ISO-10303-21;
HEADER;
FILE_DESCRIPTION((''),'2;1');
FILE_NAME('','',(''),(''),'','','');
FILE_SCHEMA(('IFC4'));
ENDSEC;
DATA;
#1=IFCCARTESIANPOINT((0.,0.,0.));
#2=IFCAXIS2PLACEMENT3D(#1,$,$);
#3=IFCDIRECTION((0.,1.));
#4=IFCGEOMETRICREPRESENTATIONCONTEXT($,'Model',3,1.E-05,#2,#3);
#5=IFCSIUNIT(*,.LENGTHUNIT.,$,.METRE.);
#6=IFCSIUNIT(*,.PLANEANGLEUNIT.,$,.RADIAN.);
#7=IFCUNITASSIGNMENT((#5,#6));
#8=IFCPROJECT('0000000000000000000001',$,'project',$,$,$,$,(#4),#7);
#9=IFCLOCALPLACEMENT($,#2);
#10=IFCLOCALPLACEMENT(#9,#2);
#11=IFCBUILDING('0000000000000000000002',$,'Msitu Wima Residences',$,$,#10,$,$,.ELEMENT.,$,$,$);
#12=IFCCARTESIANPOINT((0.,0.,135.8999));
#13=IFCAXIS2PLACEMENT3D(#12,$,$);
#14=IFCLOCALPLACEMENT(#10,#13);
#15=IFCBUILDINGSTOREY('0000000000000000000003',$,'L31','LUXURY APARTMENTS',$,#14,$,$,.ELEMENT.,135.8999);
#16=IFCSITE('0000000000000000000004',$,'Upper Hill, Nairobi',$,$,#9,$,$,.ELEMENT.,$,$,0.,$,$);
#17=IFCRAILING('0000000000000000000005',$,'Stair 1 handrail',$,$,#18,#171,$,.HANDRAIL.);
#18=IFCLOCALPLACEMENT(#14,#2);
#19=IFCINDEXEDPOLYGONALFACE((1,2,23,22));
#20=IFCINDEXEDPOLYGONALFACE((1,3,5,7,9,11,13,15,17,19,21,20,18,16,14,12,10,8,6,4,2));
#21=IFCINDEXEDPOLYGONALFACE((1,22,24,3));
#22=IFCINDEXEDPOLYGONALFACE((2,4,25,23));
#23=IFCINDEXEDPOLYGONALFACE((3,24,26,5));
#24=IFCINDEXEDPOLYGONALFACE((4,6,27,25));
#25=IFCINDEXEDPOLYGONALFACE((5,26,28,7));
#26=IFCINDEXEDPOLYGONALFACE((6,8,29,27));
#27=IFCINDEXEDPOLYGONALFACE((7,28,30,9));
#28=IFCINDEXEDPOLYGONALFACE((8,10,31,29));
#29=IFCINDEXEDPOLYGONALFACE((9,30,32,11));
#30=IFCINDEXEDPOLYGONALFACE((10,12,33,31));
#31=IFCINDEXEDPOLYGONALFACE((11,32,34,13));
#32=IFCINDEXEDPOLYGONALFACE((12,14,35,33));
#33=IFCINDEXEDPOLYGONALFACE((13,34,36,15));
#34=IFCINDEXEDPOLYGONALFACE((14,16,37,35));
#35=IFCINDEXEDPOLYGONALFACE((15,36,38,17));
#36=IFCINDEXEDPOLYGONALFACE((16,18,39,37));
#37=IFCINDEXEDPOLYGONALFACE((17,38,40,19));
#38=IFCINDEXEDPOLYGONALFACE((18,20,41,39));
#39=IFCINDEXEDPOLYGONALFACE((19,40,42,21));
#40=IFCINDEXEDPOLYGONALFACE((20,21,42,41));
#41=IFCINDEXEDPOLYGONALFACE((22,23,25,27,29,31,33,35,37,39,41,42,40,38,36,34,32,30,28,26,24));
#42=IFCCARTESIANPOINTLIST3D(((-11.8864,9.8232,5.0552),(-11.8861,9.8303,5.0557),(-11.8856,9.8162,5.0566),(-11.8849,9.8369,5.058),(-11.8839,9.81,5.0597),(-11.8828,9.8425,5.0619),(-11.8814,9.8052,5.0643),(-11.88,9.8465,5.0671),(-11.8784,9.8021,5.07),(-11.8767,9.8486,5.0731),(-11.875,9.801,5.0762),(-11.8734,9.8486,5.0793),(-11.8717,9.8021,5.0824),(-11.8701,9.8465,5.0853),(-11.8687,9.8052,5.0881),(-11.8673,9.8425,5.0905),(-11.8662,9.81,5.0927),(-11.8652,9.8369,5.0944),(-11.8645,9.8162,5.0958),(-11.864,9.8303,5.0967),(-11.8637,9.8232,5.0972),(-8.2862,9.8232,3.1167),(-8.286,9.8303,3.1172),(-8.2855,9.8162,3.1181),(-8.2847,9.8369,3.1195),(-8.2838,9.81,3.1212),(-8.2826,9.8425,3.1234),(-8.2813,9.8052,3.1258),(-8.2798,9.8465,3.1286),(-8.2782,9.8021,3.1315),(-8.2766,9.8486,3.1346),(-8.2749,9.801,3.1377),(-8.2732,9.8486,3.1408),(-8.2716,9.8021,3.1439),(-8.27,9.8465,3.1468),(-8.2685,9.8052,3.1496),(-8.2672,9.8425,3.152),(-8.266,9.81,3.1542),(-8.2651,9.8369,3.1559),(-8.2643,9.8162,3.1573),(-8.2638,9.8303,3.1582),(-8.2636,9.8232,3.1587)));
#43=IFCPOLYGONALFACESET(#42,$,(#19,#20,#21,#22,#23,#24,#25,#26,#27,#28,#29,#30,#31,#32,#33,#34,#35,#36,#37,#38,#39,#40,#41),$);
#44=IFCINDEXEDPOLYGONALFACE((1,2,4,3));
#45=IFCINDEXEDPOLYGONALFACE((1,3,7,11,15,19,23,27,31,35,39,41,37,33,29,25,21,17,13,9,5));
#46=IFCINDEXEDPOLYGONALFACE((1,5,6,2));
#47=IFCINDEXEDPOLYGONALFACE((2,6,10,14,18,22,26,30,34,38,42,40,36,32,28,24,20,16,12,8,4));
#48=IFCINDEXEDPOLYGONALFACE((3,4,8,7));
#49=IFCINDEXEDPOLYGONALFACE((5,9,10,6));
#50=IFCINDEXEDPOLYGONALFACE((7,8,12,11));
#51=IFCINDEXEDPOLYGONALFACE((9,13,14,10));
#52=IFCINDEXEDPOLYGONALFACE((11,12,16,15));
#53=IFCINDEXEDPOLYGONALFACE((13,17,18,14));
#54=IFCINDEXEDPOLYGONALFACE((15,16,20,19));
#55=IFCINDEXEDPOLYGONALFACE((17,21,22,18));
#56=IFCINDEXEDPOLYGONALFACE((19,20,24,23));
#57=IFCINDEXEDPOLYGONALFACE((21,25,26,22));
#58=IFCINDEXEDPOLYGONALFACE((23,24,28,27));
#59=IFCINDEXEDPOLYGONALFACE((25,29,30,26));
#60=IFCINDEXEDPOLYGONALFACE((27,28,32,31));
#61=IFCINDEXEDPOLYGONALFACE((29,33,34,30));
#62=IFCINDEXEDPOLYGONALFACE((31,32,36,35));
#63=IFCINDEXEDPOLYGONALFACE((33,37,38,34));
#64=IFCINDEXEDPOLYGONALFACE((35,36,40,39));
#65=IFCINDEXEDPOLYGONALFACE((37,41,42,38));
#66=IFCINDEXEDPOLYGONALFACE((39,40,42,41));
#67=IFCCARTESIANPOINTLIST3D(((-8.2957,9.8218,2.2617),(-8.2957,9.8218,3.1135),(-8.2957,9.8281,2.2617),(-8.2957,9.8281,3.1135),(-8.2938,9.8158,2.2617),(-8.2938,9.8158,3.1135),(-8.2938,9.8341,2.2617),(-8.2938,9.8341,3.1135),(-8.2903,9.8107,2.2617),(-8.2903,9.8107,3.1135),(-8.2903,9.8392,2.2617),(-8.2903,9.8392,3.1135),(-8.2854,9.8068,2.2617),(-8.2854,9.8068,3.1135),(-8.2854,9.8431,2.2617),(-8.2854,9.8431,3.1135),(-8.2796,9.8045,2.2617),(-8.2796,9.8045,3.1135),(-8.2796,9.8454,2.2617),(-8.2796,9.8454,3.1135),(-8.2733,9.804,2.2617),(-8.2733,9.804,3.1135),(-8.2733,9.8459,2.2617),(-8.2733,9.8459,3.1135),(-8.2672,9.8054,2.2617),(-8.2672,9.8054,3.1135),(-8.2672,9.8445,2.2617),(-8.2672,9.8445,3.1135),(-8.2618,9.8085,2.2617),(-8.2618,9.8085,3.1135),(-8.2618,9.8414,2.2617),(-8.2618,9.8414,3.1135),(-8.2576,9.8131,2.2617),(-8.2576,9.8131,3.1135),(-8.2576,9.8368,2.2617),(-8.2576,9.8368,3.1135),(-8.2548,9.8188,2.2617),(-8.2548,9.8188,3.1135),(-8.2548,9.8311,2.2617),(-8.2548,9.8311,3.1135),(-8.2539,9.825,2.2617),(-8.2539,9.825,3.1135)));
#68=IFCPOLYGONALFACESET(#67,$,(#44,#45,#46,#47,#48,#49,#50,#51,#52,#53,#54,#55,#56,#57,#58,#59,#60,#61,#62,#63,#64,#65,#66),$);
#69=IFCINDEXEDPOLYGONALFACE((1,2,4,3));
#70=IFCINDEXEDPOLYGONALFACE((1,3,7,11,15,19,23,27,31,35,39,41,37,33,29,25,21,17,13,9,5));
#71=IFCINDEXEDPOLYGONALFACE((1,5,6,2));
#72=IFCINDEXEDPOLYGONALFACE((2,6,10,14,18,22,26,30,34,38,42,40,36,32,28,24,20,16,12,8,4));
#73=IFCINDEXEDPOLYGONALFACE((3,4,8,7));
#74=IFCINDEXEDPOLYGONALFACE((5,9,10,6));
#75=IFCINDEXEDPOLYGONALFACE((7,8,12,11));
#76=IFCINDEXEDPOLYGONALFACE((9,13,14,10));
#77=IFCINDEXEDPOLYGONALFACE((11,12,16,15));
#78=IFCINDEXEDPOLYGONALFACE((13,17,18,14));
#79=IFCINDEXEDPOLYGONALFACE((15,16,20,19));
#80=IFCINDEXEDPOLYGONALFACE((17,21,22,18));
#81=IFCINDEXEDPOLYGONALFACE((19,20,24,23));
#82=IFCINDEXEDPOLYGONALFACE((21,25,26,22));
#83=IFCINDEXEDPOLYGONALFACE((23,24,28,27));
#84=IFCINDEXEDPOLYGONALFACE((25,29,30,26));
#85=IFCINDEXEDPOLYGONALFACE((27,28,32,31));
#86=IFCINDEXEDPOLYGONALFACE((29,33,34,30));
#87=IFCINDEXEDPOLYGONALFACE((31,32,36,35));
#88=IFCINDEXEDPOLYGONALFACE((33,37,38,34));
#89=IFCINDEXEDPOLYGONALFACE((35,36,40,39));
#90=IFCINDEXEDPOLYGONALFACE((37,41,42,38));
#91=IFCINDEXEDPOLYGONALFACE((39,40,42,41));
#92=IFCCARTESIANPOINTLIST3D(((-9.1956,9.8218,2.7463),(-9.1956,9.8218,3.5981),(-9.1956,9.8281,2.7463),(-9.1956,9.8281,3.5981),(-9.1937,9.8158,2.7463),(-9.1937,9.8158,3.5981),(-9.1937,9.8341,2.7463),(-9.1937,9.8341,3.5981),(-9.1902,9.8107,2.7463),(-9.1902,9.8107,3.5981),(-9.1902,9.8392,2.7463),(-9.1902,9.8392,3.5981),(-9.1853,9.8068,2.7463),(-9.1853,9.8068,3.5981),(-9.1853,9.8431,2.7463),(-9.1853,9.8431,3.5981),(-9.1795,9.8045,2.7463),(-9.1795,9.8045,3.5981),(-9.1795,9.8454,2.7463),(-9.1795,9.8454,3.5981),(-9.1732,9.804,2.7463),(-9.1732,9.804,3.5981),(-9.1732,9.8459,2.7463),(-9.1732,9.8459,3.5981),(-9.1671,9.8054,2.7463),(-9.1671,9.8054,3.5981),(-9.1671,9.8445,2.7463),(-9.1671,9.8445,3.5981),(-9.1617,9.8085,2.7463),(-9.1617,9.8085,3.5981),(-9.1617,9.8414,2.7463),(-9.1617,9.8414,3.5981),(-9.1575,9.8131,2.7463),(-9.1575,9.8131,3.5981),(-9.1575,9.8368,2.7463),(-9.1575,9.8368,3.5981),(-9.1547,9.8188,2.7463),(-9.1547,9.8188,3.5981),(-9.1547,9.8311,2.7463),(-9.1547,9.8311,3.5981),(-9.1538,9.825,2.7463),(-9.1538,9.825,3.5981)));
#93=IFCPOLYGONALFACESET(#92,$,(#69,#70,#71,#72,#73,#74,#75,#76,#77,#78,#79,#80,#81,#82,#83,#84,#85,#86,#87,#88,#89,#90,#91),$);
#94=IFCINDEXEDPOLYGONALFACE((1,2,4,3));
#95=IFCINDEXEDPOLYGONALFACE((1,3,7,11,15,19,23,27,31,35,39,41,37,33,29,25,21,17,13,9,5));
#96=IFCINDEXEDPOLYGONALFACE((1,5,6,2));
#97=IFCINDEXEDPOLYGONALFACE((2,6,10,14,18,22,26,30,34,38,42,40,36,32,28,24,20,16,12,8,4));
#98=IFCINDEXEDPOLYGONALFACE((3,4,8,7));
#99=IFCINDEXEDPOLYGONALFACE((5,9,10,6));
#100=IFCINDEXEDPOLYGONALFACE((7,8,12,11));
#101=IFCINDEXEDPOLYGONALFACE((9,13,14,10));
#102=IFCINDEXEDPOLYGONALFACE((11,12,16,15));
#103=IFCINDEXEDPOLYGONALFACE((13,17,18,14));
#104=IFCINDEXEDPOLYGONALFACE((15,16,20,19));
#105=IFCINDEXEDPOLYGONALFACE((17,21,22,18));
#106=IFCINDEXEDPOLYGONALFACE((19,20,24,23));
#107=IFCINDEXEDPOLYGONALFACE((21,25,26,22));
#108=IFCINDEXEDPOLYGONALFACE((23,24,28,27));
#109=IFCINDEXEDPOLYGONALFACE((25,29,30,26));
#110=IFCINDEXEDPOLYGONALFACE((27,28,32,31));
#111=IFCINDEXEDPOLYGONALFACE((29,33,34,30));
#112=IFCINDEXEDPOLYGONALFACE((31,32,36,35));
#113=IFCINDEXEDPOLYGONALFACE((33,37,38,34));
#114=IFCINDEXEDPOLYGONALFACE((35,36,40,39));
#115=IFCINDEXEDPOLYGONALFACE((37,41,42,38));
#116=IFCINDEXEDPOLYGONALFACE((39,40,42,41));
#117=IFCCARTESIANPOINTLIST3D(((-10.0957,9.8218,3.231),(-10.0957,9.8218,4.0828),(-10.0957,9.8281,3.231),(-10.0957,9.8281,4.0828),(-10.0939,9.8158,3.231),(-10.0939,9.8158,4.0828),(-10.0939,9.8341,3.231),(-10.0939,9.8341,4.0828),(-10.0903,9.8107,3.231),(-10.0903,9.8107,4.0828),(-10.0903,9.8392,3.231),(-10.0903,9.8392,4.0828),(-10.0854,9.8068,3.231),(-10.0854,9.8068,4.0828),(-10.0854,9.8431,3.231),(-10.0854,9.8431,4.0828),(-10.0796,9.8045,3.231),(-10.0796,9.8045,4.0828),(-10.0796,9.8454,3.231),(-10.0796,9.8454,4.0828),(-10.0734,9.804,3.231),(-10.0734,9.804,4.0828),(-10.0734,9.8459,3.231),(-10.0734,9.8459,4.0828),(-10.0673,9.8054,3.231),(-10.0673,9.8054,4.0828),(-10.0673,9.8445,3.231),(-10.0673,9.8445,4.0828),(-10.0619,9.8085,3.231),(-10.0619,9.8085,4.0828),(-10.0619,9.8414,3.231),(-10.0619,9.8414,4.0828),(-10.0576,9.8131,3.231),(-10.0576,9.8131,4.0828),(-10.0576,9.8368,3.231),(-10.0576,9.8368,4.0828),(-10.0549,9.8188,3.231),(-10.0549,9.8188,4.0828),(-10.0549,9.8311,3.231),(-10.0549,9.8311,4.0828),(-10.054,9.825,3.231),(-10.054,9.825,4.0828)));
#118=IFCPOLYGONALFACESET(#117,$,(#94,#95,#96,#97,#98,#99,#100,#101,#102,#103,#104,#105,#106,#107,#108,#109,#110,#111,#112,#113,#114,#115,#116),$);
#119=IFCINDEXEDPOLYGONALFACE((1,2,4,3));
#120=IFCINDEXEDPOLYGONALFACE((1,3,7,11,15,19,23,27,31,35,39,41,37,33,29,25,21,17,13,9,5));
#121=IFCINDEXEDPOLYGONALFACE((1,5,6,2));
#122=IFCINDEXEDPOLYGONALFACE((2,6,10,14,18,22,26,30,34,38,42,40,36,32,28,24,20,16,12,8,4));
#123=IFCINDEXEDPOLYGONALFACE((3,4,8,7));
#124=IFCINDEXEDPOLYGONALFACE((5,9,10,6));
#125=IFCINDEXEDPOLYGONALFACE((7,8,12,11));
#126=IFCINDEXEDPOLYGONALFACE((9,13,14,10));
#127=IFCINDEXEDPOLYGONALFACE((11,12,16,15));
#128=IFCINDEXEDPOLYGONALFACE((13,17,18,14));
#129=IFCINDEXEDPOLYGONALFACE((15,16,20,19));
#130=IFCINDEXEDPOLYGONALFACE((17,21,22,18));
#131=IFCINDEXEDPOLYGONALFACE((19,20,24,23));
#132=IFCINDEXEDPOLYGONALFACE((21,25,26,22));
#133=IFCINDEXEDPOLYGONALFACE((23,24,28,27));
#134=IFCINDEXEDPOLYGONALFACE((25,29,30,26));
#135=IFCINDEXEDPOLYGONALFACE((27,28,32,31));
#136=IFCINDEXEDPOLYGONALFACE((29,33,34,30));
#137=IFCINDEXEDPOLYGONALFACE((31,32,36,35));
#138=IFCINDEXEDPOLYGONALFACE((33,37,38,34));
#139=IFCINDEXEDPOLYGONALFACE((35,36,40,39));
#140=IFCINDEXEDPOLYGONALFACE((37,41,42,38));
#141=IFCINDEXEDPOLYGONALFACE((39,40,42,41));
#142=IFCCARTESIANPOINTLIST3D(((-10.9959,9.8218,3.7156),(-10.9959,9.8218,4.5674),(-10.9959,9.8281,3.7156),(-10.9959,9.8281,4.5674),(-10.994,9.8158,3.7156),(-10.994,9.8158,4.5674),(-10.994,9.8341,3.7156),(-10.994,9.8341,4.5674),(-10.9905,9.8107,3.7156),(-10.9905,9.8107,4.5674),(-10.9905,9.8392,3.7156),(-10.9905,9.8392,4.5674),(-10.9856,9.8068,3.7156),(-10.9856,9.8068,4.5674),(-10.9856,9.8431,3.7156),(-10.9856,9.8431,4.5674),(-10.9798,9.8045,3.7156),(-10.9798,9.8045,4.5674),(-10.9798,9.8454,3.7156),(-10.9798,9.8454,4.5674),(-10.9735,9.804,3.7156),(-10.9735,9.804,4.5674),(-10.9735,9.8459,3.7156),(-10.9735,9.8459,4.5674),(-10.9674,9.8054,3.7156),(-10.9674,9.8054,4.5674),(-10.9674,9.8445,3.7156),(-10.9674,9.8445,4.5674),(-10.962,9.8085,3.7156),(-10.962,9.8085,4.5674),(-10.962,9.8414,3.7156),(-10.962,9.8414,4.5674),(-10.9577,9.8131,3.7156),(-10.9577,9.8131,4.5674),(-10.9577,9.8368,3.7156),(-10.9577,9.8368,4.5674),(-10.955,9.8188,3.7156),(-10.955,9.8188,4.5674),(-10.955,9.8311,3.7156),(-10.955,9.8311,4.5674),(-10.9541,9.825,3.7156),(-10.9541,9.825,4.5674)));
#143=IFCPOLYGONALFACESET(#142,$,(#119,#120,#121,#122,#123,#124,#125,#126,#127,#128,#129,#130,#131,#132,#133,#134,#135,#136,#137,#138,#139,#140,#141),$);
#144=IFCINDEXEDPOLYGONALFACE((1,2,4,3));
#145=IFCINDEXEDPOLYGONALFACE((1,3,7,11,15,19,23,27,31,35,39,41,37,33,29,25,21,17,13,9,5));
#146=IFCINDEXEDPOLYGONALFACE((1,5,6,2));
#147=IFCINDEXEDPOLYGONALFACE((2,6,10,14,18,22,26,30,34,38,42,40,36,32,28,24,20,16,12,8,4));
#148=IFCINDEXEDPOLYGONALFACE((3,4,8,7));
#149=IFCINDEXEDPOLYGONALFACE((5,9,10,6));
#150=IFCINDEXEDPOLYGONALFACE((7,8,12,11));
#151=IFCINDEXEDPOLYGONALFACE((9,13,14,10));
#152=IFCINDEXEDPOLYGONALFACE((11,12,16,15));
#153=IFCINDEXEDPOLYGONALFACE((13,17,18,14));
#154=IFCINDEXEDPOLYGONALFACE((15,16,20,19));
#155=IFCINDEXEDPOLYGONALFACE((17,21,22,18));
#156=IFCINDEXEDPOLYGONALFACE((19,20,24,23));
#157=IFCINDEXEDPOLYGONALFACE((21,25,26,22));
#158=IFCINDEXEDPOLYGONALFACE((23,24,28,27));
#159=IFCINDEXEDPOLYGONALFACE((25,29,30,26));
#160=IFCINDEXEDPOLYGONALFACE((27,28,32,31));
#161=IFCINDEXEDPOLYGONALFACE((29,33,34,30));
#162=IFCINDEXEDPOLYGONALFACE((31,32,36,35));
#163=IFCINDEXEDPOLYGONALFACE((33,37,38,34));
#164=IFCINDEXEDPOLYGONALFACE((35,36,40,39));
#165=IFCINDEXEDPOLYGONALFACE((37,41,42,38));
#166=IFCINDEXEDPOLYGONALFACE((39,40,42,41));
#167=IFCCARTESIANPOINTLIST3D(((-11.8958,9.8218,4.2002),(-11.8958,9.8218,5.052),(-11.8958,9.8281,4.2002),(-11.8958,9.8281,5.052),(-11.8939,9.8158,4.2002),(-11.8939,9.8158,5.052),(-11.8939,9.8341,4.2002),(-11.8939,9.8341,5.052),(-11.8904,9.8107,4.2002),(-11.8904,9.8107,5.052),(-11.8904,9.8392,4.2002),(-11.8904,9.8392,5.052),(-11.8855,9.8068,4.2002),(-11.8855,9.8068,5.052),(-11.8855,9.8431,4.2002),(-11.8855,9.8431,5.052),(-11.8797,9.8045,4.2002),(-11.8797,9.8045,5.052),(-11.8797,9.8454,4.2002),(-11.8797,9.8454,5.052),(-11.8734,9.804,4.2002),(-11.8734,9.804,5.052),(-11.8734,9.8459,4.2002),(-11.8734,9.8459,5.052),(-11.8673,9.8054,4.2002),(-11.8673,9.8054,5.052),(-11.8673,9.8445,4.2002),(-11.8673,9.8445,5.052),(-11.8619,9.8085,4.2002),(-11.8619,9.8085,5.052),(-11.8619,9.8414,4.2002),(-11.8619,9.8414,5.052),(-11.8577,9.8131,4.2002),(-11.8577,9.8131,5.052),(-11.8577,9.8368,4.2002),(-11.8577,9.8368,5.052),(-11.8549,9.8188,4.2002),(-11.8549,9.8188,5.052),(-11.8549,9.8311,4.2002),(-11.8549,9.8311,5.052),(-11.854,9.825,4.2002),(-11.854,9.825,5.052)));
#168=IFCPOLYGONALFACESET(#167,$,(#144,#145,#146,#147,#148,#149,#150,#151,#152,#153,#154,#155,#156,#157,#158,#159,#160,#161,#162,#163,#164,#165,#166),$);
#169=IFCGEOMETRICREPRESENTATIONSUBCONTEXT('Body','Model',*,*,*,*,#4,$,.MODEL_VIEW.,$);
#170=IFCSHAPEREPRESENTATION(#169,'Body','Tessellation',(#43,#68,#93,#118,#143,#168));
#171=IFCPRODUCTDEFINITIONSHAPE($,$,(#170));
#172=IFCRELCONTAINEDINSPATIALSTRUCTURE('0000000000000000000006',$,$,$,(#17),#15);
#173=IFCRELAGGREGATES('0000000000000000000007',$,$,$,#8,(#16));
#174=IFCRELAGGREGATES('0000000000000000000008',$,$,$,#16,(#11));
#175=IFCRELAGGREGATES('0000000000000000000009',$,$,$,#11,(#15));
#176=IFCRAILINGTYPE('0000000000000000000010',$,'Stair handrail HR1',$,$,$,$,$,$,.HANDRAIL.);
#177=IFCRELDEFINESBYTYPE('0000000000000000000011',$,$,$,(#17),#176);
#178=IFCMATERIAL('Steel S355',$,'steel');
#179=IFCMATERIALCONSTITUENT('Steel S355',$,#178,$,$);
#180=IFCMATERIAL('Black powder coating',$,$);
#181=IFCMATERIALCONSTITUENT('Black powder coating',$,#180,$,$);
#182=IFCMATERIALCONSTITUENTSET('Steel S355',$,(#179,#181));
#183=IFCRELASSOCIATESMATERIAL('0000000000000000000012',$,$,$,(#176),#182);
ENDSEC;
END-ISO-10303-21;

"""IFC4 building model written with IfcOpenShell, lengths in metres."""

from ifc_helpers import new_model, si_unit, direction, frame, origin, origin_2d, place, context, subcontext, project, spatial, circle, extrude, material, constituent, constituent_set, type_object, element, save


model = new_model("IFC4")

# Units and contexts
model_context = context("Model", 3, precision=1e-05, world=origin(), true_north=direction((0.0, 1.0)))
body_context = subcontext(model_context, "Body", "Model", "MODEL_VIEW")
ifc_project = project(units=[si_unit("LENGTHUNIT", "METRE"), si_unit("PLANEANGLEUNIT", "RADIAN")], contexts=[model_context])

# Site, building, storey
site_placement = place(None, origin())
site = spatial("IfcSite", under=ifc_project, at=site_placement, Name="Upper Hill, Nairobi", CompositionType="ELEMENT", RefElevation=0.0)
building_placement = place(site_placement, origin())
building = spatial("IfcBuilding", under=site, at=building_placement, Name="Msitu Wima Residences", CompositionType="ELEMENT")
storey_placement = place(building_placement, frame((0.0, 0.0, 135.8999)))
storey = spatial("IfcBuildingStorey", under=building, at=storey_placement, Name="L31", Description="LUXURY APARTMENTS", CompositionType="ELEMENT", Elevation=135.8999)

# Railing
ifc_material_1 = material(Name="Steel S355", Category="steel")
ifc_constituent_1 = constituent(ifc_material_1, Name="Steel S355")
ifc_material_2 = material(Name="Black powder coating")
ifc_constituent_2 = constituent(ifc_material_2, Name="Black powder coating")
ifc_constituent_set = constituent_set(constituents=[ifc_constituent_1, ifc_constituent_2], Name="Steel S355")
railing_type = type_object("IfcRailingType", Name="Stair handrail HR1", PredefinedType="HANDRAIL", material=ifc_constituent_set)
railing_1_placement = place(storey_placement, frame((-8.2749, 9.825, 2.2617)))
element("IfcRailing", 1, at=railing_1_placement, inside=storey, type_object=railing_type, Name="Stair 1 handrail", PredefinedType="HANDRAIL", context=body_context, shape_type="SweptSolid", body=[
    extrude(circle(Radius=0.0239, at=origin_2d()), frame((0.0, 0.0, 0.876), z_axis=(-0.880475, 0.0, 0.474093), x_axis=(0.0, -1.0, 0.0)), (0.0, 0.0, 1.0), 4.0889),
    extrude(circle(Radius=0.021, at=origin_2d()), origin(), (0.0, 0.0, 1.0), 0.8518),
    extrude(circle(Radius=0.021, at=origin_2d()), frame((-0.8999, 0.0, 0.4846)), (0.0, 0.0, 1.0), 0.8518),
    extrude(circle(Radius=0.021, at=origin_2d()), frame((-1.8, 0.0, 0.9692)), (0.0, 0.0, 1.0), 0.8518),
    extrude(circle(Radius=0.021, at=origin_2d()), frame((-2.7002, 0.0, 1.4539)), (0.0, 0.0, 1.0), 0.8518),
    extrude(circle(Radius=0.021, at=origin_2d()), frame((-3.6001, 0.0, 1.9385)), (0.0, 0.0, 1.0), 0.8518),
])

save(model, "model.ifc")
